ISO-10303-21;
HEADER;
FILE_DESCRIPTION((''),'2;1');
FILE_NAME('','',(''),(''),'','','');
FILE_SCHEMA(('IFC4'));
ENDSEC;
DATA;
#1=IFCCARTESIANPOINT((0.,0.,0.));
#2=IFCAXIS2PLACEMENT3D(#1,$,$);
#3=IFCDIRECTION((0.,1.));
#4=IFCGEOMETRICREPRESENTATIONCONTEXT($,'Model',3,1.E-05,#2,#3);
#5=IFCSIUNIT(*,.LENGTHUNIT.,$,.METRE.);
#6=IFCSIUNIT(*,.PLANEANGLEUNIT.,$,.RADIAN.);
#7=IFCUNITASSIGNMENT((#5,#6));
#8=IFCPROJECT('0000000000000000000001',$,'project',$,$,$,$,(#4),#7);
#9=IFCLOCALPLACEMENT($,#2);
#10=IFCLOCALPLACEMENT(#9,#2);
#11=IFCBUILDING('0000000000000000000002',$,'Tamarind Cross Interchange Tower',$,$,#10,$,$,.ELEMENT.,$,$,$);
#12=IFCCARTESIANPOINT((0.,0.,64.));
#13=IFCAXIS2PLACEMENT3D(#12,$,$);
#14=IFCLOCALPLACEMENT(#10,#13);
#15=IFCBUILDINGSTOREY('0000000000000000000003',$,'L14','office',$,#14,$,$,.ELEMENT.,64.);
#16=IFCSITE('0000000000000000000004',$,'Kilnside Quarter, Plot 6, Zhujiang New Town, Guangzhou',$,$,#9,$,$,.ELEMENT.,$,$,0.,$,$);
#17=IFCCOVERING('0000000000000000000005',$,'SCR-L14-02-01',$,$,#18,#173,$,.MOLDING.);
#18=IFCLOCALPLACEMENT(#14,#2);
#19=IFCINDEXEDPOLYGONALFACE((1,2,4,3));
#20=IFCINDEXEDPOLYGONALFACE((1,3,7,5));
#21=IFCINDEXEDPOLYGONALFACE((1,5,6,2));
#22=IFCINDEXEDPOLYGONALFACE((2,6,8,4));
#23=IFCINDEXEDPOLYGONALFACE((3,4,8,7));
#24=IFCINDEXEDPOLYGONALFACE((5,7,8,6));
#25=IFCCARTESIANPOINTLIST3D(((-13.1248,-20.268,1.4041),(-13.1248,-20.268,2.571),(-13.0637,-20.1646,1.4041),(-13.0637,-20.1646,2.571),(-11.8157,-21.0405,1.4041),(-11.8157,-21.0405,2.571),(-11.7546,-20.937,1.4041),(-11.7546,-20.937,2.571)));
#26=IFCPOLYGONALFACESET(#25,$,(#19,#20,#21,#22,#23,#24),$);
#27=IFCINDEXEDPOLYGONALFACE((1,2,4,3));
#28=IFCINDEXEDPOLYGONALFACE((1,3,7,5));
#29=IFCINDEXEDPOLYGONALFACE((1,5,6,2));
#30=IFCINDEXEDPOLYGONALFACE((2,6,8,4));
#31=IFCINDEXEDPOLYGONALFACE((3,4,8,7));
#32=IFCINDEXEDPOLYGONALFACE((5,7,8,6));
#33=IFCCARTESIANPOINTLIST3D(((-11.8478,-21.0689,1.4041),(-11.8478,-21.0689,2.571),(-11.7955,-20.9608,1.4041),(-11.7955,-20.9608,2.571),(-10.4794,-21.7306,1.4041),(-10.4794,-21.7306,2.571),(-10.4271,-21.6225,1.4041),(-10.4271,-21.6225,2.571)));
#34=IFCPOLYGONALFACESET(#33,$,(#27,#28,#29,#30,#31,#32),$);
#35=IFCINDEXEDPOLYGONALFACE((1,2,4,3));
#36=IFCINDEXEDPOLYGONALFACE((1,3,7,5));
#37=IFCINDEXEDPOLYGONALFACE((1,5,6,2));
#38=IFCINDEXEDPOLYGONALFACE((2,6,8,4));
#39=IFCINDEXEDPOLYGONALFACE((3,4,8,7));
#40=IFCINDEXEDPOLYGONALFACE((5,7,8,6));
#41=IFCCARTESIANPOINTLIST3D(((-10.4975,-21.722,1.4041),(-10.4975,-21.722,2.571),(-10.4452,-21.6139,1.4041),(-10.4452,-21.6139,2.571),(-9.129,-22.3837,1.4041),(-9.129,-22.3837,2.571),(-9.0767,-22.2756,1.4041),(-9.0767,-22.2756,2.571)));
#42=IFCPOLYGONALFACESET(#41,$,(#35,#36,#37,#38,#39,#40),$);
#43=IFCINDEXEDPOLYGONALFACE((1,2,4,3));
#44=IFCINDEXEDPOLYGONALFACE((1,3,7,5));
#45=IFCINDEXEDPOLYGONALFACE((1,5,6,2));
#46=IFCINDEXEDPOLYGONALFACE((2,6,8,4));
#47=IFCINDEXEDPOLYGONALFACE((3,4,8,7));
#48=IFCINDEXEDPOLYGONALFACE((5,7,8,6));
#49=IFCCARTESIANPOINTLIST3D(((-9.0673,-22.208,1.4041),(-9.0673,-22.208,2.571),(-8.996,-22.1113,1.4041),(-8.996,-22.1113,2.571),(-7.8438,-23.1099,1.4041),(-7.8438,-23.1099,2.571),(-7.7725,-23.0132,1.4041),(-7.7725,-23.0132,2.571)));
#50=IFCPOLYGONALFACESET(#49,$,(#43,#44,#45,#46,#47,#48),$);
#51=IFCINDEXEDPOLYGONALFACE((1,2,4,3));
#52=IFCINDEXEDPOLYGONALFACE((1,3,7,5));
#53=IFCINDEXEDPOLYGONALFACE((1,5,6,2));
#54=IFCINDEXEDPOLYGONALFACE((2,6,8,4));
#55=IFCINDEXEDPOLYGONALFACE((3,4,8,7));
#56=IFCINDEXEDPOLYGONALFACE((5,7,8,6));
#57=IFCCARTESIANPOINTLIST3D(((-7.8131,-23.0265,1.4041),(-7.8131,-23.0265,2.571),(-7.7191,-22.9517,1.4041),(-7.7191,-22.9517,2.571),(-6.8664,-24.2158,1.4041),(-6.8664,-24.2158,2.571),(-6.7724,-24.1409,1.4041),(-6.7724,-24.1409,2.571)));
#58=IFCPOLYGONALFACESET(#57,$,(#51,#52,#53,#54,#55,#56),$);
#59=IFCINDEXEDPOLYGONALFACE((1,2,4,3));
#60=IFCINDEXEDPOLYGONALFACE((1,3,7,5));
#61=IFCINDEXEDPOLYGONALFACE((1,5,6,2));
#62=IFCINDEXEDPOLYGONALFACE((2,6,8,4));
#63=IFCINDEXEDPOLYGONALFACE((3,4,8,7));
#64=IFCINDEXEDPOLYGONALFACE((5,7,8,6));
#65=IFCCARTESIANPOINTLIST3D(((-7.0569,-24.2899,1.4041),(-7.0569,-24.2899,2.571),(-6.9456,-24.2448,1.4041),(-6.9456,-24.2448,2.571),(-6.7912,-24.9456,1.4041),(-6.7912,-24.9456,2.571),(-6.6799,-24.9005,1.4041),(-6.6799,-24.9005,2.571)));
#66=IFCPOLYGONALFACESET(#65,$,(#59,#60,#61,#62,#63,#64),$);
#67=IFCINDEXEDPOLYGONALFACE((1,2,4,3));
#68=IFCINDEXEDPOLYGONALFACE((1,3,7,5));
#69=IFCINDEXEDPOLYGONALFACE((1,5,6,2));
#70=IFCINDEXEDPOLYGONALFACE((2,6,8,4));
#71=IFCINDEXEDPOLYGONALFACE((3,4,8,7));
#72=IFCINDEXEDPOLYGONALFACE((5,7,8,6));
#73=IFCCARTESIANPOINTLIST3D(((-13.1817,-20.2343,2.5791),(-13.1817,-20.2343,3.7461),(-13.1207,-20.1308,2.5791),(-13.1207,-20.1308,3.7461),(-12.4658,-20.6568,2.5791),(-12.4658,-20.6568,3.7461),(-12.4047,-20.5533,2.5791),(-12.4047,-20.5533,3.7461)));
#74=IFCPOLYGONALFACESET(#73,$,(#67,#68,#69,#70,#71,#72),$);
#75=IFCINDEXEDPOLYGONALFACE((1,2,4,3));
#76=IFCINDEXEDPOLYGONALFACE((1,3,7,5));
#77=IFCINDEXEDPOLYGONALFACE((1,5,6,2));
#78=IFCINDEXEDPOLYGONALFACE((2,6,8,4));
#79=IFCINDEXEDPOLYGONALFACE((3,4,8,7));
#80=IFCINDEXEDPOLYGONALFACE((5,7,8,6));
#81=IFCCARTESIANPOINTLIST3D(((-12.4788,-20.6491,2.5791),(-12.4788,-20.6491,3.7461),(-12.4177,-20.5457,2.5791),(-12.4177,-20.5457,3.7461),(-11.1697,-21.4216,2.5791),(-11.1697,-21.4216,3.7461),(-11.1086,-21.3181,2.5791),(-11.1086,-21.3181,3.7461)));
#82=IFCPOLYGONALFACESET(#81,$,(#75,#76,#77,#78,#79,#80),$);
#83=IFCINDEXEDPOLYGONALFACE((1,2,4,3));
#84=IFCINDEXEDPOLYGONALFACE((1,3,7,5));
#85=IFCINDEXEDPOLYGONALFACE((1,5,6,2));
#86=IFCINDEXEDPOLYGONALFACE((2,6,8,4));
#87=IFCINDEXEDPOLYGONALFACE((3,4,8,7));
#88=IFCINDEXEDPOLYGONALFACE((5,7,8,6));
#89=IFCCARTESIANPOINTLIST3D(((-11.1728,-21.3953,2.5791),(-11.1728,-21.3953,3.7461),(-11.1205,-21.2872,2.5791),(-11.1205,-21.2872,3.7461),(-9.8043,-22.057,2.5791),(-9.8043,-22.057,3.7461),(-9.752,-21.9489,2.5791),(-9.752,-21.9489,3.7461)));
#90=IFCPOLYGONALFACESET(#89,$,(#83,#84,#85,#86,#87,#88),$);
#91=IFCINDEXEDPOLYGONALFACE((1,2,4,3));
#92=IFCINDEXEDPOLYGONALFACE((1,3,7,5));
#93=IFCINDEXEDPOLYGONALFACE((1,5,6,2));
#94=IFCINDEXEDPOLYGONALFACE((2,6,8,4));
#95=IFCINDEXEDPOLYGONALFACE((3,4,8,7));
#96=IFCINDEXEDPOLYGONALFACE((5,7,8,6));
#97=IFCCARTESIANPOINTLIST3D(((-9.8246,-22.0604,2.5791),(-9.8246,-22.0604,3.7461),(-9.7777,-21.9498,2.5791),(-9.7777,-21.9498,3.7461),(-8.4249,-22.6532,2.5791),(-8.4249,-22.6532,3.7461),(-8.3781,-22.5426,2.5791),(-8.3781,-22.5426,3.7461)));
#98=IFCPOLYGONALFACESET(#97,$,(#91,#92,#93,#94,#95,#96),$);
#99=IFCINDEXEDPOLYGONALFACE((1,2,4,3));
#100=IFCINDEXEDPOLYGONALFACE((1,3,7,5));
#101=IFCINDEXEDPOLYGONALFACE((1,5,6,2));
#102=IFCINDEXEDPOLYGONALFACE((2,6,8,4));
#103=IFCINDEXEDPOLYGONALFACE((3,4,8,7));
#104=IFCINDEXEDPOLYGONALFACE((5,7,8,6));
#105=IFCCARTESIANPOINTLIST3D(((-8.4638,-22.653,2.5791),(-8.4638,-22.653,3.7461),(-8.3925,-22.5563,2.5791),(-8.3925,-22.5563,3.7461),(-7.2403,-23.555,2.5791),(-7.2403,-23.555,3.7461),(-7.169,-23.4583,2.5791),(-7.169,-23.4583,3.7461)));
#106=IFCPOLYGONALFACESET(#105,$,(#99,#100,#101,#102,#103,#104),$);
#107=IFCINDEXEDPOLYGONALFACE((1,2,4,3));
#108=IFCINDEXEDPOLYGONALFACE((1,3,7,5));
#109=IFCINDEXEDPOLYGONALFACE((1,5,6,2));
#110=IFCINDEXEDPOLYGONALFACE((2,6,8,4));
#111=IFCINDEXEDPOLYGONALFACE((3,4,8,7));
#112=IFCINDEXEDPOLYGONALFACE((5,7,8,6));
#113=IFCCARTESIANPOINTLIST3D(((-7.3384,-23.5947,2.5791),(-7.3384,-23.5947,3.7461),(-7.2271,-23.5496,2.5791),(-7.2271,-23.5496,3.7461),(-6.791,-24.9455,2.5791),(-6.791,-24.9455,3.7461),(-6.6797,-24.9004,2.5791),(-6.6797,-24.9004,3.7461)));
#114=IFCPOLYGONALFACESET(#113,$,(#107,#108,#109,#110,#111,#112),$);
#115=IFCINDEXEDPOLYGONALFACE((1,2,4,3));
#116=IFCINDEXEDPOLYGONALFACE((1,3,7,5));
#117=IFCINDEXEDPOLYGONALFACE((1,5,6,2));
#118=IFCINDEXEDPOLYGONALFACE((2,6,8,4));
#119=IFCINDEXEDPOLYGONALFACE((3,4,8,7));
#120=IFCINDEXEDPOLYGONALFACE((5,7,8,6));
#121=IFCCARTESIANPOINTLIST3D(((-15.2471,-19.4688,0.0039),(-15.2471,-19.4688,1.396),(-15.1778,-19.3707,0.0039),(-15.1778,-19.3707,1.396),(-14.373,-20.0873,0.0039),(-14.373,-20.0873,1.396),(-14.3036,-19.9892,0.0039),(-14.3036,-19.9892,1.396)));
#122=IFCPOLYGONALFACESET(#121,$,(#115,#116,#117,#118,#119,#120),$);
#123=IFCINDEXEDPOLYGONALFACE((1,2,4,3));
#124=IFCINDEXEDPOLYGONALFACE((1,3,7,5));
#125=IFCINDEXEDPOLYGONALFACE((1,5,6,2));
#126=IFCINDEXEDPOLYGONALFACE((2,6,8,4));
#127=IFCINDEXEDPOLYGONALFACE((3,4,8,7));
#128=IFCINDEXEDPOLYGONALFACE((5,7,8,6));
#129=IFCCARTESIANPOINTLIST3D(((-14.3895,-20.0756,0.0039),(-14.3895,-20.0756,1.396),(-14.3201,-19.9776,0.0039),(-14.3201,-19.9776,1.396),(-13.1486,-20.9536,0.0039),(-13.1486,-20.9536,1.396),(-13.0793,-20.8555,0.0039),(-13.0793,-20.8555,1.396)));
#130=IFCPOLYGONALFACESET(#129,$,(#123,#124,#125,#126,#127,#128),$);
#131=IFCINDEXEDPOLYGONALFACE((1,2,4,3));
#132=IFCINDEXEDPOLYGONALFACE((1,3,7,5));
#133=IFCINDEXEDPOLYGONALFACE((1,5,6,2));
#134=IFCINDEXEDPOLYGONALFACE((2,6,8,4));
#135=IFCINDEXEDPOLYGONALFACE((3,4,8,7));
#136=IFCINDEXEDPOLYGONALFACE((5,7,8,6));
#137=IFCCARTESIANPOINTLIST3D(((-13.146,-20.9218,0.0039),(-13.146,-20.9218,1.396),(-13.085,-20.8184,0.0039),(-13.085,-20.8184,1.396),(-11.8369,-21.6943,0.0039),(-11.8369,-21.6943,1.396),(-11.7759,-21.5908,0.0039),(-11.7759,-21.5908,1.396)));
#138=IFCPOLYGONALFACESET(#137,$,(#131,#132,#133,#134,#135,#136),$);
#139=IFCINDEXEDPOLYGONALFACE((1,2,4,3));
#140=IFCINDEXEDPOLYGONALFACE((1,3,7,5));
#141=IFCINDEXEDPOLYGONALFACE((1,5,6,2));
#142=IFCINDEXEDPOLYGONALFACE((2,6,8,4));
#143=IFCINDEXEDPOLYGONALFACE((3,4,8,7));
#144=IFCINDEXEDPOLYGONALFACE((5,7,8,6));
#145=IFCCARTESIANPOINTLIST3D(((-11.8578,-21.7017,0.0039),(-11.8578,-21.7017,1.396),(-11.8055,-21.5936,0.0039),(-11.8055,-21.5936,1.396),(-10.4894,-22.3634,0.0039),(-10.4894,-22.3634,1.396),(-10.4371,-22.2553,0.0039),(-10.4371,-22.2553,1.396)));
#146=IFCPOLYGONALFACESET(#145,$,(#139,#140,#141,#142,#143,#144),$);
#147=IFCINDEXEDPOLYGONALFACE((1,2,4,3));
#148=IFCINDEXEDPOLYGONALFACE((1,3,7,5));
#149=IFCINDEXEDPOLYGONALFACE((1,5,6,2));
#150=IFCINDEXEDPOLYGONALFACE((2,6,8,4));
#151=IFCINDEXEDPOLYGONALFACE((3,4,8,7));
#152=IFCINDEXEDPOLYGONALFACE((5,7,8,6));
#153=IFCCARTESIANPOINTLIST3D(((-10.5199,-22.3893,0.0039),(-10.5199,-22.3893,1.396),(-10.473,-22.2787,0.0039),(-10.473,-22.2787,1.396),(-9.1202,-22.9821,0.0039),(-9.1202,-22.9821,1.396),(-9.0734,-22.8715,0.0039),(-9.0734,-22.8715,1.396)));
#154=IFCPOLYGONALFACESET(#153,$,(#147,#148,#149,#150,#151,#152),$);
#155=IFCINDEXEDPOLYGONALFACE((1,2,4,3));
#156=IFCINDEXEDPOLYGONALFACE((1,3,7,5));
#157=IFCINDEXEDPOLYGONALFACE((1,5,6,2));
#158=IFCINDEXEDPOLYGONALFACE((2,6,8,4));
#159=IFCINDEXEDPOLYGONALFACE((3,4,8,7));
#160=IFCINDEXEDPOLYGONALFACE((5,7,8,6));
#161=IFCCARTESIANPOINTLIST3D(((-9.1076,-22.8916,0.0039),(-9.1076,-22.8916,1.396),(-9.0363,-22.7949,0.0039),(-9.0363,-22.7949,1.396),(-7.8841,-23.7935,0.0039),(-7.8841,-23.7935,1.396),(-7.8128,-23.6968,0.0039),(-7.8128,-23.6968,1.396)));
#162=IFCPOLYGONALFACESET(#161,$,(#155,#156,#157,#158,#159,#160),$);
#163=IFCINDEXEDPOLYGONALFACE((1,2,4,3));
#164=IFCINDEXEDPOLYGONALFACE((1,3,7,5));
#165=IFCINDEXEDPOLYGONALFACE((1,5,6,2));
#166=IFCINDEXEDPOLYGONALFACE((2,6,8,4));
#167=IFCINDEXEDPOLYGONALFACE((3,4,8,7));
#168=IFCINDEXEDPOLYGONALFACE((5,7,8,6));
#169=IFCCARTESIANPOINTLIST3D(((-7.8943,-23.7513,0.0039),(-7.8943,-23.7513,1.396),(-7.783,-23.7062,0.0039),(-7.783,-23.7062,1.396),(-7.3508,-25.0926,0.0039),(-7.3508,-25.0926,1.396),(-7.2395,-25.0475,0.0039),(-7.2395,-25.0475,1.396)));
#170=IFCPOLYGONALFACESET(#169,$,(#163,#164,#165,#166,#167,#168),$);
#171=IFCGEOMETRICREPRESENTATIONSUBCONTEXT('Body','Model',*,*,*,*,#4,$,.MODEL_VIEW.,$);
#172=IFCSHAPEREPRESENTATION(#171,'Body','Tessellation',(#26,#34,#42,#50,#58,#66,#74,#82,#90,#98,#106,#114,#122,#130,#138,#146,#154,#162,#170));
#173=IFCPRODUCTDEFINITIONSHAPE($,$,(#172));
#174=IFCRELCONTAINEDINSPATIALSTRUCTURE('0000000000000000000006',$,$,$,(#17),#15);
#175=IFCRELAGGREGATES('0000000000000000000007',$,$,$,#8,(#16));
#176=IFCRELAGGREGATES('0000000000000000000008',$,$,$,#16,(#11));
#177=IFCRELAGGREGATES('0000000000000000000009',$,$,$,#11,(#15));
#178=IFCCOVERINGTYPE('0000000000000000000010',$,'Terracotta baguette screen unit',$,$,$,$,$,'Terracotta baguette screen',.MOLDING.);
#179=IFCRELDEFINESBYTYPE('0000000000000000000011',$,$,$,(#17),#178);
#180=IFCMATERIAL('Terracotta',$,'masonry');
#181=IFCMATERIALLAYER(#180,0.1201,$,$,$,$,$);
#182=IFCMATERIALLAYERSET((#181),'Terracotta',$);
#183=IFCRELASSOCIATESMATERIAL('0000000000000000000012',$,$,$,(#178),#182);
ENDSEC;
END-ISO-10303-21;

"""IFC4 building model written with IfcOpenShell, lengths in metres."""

from ifc_helpers import new_model, si_unit, direction, frame, origin, origin_2d, place, context, subcontext, project, spatial, rectangle, extrude, material, layer, layer_set, type_object, element, save


model = new_model("IFC4")

# Units and contexts
model_context = context("Model", 3, precision=1e-05, world=origin(), true_north=direction((0.0, 1.0)))
body_context = subcontext(model_context, "Body", "Model", "MODEL_VIEW")
ifc_project = project(units=[si_unit("LENGTHUNIT", "METRE"), si_unit("PLANEANGLEUNIT", "RADIAN")], contexts=[model_context])

# Site, building, storey
site_placement = place(None, origin())
site = spatial("IfcSite", under=ifc_project, at=site_placement, Name="Kilnside Quarter, Plot 6, Zhujiang New Town, Guangzhou", CompositionType="ELEMENT", RefElevation=0.0)
building_placement = place(site_placement, origin())
building = spatial("IfcBuilding", under=site, at=building_placement, Name="Tamarind Cross Interchange Tower", CompositionType="ELEMENT")
storey_placement = place(building_placement, frame((0.0, 0.0, 64.0)))
storey = spatial("IfcBuildingStorey", under=building, at=storey_placement, Name="L14", Description="office", CompositionType="ELEMENT", Elevation=64.0)

# Covering
ifc_material_1 = material(Name="Terracotta", Category="masonry")
ifc_layer_1 = layer(ifc_material_1, 0.1201)
ifc_layer_set_1 = layer_set([ifc_layer_1], Name="Terracotta")
covering_type = type_object("IfcCoveringType", Name="Terracotta baguette screen unit", ElementType="Terracotta baguette screen", PredefinedType="MOLDING", material=ifc_layer_set_1)
covering_1_placement = place(storey_placement, origin())
element("IfcCovering", 1, at=covering_1_placement, inside=storey, type_object=covering_type, Name="SCR-L14-02-01", PredefinedType="MOLDING", context=body_context, shape_type="SweptSolid", body=[
    extrude(rectangle(XDim=1.52, YDim=0.1201, at=origin_2d()), frame((-12.4397, -20.6025, 1.4041), z_axis=(0.0, 0.0, 1.0), x_axis=(0.861249, -0.508183, 0.0)), (0.0, 0.0, 1.0), 1.167),
    extrude(rectangle(XDim=1.52, YDim=0.1201, at=origin_2d()), frame((-11.1375, -21.3457, 1.4041), z_axis=(0.0, 0.0, 1.0), x_axis=(0.900273, -0.435326, 0.0)), (0.0, 0.0, 1.0), 1.167),
    extrude(rectangle(XDim=1.52, YDim=0.1201, at=origin_2d()), frame((-9.7871, -21.9988, 1.4041), z_axis=(0.0, 0.0, 1.0), x_axis=(0.900273, -0.435326, 0.0)), (0.0, 0.0, 1.0), 1.167),
    extrude(rectangle(XDim=1.52, YDim=0.1201, at=origin_2d()), frame((-8.4199, -22.6106, 1.4041), z_axis=(0.0, 0.0, 1.0), x_axis=(0.804922, -0.59338, 0.0)), (0.0, 0.0, 1.0), 1.167),
    extrude(rectangle(XDim=1.52, YDim=0.1201, at=origin_2d()), frame((-7.2927, -23.5837, 1.4041), z_axis=(0.0, 0.0, 1.0), x_axis=(0.622806, -0.782377, 0.0)), (0.0, 0.0, 1.0), 1.167),
    extrude(rectangle(XDim=0.7075, YDim=0.1201, at=origin_2d()), frame((-6.8684, -24.5952, 1.4041), z_axis=(0.0, 0.0, 1.0), x_axis=(0.375577, -0.926791, 0.0)), (0.0, 0.0, 1.0), 1.167),
    extrude(rectangle(XDim=0.8313, YDim=0.1201, at=origin_2d()), frame((-12.7932, -20.3938, 2.5791), z_axis=(0.0, 0.0, 1.0), x_axis=(0.861249, -0.508183, 0.0)), (0.0, 0.0, 1.0), 1.167),
    extrude(rectangle(XDim=1.52, YDim=0.1201, at=origin_2d()), frame((-11.7937, -20.9836, 2.5791), z_axis=(0.0, 0.0, 1.0), x_axis=(0.861249, -0.508183, 0.0)), (0.0, 0.0, 1.0), 1.167),
    extrude(rectangle(XDim=1.52, YDim=0.1201, at=origin_2d()), frame((-10.4624, -21.6721, 2.5791), z_axis=(0.0, 0.0, 1.0), x_axis=(0.900273, -0.435326, 0.0)), (0.0, 0.0, 1.0), 1.167),
    extrude(rectangle(XDim=1.52, YDim=0.1201, at=origin_2d()), frame((-9.1013, -22.3015, 2.5791), z_axis=(0.0, 0.0, 1.0), x_axis=(0.920811, -0.390009, 0.0)), (0.0, 0.0, 1.0), 1.167),
    extrude(rectangle(XDim=1.52, YDim=0.1201, at=origin_2d()), frame((-7.8164, -23.0557, 2.5791), z_axis=(0.0, 0.0, 1.0), x_axis=(0.804922, -0.59338, 0.0)), (0.0, 0.0, 1.0), 1.167),
    extrude(rectangle(XDim=1.4575, YDim=0.1201, at=origin_2d()), frame((-7.009, -24.2476, 2.5791), z_axis=(0.0, 0.0, 1.0), x_axis=(0.375577, -0.926791, 0.0)), (0.0, 0.0, 1.0), 1.167),
    extrude(rectangle(XDim=1.0708, YDim=0.1201, at=origin_2d()), frame((-14.7754, -19.729, 0.0039), z_axis=(0.0, 0.0, 1.0), x_axis=(0.816342, -0.577569, 0.0)), (0.0, 0.0, 1.0), 1.3921),
    extrude(rectangle(XDim=1.52, YDim=0.1201, at=origin_2d()), frame((-13.7344, -20.4656, 0.0039), z_axis=(0.0, 0.0, 1.0), x_axis=(0.816342, -0.577569, 0.0)), (0.0, 0.0, 1.0), 1.3921),
    extrude(rectangle(XDim=1.52, YDim=0.1201, at=origin_2d()), frame((-12.4609, -21.2563, 0.0039), z_axis=(0.0, 0.0, 1.0), x_axis=(0.861249, -0.508183, 0.0)), (0.0, 0.0, 1.0), 1.3921),
    extrude(rectangle(XDim=1.52, YDim=0.1201, at=origin_2d()), frame((-11.1475, -21.9785, 0.0039), z_axis=(0.0, 0.0, 1.0), x_axis=(0.900273, -0.435326, 0.0)), (0.0, 0.0, 1.0), 1.3921),
    extrude(rectangle(XDim=1.52, YDim=0.1201, at=origin_2d()), frame((-9.7966, -22.6304, 0.0039), z_axis=(0.0, 0.0, 1.0), x_axis=(0.920811, -0.390009, 0.0)), (0.0, 0.0, 1.0), 1.3921),
    extrude(rectangle(XDim=1.52, YDim=0.1201, at=origin_2d()), frame((-8.4602, -23.2942, 0.0039), z_axis=(0.0, 0.0, 1.0), x_axis=(0.804922, -0.59338, 0.0)), (0.0, 0.0, 1.0), 1.3921),
    extrude(rectangle(XDim=1.4473, YDim=0.1201, at=origin_2d()), frame((-7.5669, -24.3994, 0.0039), z_axis=(0.0, 0.0, 1.0), x_axis=(0.375577, -0.926791, 0.0)), (0.0, 0.0, 1.0), 1.3921),
])

save(model, "model.ifc")
